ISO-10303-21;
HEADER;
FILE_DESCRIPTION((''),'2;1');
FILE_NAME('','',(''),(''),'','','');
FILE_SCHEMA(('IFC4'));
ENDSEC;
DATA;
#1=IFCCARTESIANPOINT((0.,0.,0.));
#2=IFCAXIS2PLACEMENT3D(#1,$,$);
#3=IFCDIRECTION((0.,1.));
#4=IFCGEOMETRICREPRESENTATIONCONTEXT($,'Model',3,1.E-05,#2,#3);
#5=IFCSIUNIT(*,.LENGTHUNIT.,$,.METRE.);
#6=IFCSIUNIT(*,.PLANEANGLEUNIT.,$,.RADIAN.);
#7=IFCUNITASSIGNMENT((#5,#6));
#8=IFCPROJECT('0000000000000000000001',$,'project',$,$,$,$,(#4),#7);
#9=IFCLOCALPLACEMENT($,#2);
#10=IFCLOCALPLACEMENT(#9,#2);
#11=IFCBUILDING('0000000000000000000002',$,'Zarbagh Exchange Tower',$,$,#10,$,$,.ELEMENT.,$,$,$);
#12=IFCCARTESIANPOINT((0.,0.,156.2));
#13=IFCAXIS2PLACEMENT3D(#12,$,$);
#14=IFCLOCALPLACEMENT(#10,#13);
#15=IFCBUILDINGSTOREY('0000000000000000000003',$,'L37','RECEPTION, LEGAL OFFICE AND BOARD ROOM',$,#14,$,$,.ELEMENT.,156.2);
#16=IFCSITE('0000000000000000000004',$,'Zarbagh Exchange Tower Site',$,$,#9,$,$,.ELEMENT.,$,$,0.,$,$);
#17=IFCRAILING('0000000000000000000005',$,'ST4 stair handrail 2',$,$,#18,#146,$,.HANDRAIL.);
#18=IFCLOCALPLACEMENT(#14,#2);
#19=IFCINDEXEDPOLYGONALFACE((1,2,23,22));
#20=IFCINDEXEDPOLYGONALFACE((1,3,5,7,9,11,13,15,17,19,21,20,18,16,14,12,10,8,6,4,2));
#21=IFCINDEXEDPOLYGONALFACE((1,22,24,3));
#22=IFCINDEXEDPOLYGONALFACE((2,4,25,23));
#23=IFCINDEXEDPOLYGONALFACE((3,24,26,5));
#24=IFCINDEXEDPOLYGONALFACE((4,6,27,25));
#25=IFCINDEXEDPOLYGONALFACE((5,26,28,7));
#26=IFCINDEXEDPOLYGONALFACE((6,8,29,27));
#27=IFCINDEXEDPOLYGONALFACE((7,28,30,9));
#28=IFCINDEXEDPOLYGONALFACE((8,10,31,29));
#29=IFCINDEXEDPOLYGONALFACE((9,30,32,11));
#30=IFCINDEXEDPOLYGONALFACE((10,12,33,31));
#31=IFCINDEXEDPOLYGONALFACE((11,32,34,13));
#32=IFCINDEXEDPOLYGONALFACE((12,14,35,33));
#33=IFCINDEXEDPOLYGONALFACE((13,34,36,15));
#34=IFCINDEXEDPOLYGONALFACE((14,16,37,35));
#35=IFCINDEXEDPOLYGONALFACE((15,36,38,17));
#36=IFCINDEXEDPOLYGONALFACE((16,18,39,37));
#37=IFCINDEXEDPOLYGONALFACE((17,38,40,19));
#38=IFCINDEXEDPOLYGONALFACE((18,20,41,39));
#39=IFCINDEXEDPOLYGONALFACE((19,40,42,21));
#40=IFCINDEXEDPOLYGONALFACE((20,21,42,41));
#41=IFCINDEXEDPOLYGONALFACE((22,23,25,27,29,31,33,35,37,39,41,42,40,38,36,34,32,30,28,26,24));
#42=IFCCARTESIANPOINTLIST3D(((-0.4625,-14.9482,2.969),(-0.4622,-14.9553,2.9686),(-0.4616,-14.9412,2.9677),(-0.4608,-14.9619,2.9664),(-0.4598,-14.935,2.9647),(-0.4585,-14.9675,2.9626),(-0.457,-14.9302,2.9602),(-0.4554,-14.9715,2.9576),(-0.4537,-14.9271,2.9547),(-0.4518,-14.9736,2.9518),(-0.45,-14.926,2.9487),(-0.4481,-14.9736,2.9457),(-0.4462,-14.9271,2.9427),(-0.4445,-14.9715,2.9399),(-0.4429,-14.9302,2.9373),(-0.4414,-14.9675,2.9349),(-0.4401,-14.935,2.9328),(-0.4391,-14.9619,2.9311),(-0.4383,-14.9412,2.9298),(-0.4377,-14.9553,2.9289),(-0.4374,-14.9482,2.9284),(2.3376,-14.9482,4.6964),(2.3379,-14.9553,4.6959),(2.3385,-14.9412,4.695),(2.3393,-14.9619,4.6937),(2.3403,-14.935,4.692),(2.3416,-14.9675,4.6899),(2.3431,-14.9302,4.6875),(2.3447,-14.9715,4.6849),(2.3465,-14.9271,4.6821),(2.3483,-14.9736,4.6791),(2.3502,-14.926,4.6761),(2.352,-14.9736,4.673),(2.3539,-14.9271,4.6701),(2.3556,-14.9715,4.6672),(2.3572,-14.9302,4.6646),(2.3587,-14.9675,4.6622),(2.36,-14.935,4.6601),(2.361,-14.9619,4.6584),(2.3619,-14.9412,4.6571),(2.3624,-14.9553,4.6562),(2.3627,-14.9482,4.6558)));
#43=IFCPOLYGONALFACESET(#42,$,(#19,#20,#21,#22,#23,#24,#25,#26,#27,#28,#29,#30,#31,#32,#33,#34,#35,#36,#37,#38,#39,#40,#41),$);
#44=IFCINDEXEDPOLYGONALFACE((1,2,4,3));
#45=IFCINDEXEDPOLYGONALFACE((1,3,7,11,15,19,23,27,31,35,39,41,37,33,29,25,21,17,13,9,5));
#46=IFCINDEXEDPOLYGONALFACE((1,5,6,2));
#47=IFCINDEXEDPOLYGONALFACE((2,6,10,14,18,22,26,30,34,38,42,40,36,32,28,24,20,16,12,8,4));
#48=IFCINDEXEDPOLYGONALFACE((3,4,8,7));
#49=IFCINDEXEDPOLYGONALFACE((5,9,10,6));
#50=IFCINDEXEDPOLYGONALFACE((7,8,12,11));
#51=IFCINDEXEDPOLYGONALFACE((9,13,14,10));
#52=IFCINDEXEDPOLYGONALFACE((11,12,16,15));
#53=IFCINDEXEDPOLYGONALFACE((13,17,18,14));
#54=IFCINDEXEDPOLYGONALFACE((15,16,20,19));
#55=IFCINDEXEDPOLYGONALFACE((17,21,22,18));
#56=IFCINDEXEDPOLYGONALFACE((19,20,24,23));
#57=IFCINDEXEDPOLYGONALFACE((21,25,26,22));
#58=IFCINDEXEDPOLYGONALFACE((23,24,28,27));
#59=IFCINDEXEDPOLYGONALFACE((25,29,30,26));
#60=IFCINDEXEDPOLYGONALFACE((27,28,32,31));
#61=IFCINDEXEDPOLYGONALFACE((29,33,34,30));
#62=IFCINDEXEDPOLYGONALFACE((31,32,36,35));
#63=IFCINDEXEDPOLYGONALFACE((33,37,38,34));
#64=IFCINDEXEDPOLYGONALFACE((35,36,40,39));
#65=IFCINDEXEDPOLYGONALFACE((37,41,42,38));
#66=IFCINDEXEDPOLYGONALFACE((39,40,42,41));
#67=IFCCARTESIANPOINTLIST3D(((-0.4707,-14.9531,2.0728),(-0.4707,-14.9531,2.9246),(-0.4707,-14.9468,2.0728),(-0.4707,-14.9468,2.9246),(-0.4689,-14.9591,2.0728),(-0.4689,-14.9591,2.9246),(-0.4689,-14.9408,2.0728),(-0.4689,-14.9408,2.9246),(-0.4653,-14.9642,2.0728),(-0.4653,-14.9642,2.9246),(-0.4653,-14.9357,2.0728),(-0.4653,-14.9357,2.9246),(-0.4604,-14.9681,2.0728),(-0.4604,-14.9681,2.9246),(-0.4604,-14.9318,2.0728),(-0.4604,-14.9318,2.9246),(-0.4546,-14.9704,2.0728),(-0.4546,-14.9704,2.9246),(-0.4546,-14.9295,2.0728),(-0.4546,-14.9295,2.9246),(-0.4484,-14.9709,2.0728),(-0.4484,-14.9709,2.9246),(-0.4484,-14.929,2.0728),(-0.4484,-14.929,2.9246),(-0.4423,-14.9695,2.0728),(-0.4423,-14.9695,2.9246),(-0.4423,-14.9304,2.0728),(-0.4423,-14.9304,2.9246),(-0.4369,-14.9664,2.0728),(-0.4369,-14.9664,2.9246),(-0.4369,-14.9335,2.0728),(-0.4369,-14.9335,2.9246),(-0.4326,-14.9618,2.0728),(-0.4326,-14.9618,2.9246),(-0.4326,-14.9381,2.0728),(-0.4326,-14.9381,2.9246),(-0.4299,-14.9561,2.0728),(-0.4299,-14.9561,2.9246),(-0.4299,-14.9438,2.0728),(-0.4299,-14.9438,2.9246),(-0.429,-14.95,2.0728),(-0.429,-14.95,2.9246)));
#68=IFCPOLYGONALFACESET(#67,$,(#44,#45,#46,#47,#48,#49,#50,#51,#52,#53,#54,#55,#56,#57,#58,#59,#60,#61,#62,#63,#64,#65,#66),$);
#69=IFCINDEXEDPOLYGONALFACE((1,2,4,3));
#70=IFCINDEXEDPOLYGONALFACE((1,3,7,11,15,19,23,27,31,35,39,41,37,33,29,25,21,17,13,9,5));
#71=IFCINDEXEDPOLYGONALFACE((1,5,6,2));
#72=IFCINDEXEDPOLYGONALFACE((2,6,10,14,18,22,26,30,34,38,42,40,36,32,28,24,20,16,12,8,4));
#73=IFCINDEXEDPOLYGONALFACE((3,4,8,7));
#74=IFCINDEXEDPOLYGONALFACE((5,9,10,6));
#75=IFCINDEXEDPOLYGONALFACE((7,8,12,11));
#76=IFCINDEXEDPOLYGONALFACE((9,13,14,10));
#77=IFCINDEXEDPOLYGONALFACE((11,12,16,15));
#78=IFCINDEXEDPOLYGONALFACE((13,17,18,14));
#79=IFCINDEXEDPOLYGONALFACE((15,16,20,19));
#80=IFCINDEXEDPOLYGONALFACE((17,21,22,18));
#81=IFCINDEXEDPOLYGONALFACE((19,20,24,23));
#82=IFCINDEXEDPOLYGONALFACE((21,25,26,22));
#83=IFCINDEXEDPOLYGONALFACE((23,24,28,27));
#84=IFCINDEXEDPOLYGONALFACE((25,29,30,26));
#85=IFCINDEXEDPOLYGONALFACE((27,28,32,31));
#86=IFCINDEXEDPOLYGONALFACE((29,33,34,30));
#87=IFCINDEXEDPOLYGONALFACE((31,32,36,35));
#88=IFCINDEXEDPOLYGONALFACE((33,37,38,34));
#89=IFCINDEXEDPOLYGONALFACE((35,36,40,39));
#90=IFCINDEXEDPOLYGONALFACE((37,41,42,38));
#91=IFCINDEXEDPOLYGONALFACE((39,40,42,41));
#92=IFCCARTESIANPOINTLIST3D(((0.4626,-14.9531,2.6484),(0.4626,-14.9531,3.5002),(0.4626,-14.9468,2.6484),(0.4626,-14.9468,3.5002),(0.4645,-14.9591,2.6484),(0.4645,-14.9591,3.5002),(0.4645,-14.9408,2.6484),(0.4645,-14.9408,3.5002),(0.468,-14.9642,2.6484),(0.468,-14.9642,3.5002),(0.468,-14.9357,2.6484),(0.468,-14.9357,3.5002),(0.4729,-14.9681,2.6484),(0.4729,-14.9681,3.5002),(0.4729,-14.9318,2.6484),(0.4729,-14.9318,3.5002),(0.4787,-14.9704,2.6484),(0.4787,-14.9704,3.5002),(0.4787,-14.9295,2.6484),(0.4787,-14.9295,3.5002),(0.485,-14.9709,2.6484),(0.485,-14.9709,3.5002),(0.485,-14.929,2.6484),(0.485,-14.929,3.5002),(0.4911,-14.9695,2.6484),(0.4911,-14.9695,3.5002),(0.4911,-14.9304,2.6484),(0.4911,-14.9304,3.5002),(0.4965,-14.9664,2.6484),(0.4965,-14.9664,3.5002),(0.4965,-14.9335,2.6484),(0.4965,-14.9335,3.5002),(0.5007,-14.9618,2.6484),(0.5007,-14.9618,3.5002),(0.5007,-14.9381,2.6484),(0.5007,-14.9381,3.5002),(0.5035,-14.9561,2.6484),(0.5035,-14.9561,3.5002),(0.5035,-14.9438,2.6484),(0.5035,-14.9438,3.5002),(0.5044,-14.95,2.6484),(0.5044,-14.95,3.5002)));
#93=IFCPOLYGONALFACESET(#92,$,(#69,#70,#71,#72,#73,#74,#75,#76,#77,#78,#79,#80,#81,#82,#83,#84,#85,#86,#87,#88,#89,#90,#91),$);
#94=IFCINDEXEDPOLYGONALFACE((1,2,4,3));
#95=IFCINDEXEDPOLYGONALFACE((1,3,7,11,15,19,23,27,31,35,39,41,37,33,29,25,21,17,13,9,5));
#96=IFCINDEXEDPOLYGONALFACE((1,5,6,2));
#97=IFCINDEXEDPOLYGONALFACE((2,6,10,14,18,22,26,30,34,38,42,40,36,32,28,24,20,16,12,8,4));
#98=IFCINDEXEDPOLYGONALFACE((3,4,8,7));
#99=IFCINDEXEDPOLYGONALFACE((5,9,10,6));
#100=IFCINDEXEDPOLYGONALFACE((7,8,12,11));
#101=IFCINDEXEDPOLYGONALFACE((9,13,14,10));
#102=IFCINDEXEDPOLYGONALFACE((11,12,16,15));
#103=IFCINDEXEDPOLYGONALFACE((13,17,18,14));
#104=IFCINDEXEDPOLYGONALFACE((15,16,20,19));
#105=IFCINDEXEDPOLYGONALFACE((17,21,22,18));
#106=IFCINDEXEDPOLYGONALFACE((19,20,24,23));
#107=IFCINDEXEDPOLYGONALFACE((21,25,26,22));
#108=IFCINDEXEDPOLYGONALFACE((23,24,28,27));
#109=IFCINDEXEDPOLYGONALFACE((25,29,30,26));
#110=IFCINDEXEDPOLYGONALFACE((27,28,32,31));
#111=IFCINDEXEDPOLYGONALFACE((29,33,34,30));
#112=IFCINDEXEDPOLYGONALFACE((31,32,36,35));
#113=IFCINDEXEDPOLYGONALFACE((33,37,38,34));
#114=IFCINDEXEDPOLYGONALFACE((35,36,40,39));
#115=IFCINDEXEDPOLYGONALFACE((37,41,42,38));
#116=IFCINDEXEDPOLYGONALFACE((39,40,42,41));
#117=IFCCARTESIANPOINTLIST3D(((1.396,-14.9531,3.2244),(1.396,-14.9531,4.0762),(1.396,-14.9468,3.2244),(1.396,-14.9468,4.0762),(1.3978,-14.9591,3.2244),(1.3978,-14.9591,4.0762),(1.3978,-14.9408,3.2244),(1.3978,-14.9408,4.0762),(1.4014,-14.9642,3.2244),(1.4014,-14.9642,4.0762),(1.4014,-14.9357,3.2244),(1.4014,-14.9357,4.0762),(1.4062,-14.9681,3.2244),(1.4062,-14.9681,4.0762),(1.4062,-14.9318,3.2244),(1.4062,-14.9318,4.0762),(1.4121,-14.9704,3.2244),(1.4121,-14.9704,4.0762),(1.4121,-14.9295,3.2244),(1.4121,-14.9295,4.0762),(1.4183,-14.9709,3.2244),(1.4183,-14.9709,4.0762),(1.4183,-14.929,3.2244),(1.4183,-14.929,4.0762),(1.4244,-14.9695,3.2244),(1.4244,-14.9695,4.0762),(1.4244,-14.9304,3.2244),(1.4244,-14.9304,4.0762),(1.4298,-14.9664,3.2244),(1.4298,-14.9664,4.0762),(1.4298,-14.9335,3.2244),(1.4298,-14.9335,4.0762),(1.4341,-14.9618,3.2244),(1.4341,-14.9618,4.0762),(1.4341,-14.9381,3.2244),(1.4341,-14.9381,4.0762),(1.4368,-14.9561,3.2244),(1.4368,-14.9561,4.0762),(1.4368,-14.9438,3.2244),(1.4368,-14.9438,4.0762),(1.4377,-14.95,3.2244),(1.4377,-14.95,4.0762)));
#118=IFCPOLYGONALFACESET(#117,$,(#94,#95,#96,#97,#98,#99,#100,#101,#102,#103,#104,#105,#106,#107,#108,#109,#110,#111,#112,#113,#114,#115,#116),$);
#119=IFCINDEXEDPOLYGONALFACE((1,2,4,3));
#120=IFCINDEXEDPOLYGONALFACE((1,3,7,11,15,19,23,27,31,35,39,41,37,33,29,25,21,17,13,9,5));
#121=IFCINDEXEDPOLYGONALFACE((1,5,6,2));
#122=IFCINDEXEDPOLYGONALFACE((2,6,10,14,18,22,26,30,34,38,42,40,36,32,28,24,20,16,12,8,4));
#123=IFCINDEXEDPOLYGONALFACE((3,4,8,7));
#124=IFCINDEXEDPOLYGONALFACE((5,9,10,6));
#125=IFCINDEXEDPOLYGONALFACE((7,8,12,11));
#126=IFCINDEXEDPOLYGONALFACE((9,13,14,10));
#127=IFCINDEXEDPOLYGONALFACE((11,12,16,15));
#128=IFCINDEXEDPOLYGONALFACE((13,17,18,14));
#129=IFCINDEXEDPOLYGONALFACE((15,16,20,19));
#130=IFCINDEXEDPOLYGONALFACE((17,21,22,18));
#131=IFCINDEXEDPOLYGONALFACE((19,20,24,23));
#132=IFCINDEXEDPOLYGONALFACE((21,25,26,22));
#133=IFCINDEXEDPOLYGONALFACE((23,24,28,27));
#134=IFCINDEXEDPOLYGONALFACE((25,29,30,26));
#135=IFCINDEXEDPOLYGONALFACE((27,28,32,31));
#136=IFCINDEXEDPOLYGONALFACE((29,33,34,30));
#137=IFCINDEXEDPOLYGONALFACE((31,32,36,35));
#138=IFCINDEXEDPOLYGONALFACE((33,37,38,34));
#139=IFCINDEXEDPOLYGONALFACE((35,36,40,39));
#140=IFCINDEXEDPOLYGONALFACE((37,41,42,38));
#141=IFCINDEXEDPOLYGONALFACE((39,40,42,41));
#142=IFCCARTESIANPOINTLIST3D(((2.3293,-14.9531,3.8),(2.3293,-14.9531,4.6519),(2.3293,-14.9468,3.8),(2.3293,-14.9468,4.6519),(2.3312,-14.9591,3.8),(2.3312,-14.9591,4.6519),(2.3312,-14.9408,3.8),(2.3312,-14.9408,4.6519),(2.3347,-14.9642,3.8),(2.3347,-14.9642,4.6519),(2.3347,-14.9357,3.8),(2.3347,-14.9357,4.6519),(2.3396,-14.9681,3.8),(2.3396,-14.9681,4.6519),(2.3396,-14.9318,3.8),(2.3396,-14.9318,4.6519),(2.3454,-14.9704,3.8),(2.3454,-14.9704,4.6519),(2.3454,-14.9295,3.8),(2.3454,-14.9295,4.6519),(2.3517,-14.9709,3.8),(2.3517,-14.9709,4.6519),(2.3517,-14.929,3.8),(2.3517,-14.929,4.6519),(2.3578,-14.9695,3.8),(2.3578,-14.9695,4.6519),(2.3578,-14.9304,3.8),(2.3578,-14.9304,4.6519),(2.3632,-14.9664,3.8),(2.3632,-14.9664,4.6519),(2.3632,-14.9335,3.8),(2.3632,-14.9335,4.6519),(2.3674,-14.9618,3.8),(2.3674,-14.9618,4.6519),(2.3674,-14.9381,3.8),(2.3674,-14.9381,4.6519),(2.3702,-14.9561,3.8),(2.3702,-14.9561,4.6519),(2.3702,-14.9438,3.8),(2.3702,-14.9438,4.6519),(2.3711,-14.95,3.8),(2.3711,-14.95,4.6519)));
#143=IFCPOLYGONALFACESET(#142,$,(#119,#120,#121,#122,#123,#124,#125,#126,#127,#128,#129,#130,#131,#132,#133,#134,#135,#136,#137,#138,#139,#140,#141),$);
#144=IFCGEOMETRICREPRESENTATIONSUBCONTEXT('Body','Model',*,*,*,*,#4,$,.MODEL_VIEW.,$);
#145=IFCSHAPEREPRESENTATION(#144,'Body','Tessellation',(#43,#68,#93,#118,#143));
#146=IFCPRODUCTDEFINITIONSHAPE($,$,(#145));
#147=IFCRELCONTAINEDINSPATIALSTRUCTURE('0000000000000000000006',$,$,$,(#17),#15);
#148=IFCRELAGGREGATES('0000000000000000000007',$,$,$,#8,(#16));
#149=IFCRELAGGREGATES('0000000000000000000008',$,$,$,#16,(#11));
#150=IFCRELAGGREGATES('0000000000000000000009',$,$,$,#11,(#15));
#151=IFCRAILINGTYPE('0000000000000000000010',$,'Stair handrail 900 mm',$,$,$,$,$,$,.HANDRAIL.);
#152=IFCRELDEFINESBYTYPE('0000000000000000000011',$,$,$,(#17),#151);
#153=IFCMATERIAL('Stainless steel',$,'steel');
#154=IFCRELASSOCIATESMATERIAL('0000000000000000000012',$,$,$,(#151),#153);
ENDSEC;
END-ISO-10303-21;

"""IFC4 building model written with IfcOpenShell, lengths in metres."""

from ifc_helpers import new_model, si_unit, direction, frame, origin, origin_2d, place, context, subcontext, project, spatial, circle, extrude, material, type_object, element, save


model = new_model("IFC4")

# Units and contexts
model_context = context("Model", 3, precision=1e-05, world=origin(), true_north=direction((0.0, 1.0)))
body_context = subcontext(model_context, "Body", "Model", "MODEL_VIEW")
ifc_project = project(units=[si_unit("LENGTHUNIT", "METRE"), si_unit("PLANEANGLEUNIT", "RADIAN")], contexts=[model_context])

# Site, building, storey
site_placement = place(None, origin())
site = spatial("IfcSite", under=ifc_project, at=site_placement, Name="Zarbagh Exchange Tower Site", CompositionType="ELEMENT", RefElevation=0.0)
building_placement = place(site_placement, origin())
building = spatial("IfcBuilding", under=site, at=building_placement, Name="Zarbagh Exchange Tower", CompositionType="ELEMENT")
storey_placement = place(building_placement, frame((0.0, 0.0, 156.2)))
storey = spatial("IfcBuildingStorey", under=building, at=storey_placement, Name="L37", Description="RECEPTION, LEGAL OFFICE AND BOARD ROOM", CompositionType="ELEMENT", Elevation=156.2)

# Shared definitions
ifc_material_1 = material(Name="Stainless steel", Category="steel")

# Railing
railing_type_1 = type_object("IfcRailingType", Name="Stair handrail 900 mm", PredefinedType="HANDRAIL", material=ifc_material_1)
for number, where, name in (
    (1, (-0.45, -14.95, 2.0728), "ST4 stair handrail 2"),
):
    element("IfcRailing", number, at=place(storey_placement, frame(where)), inside=storey, type_object=railing_type_1, Name=name, PredefinedType="HANDRAIL", context=body_context, shape_type="SweptSolid", body=[
        extrude(circle(Radius=0.0239, at=origin_2d()), frame((0.0, 0.0, 0.876), z_axis=(0.85109, 0.0, 0.52502), x_axis=(0.0, 1.0, 0.0)), (0.0, 0.0, 1.0), 3.29),
        extrude(circle(Radius=0.021, at=origin_2d()), origin(), (0.0, 0.0, 1.0), 0.8518),
        extrude(circle(Radius=0.021, at=origin_2d()), frame((0.9333, 0.0, 0.5757)), (0.0, 0.0, 1.0), 0.8518),
        extrude(circle(Radius=0.021, at=origin_2d()), frame((1.8667, 0.0, 1.1516)), (0.0, 0.0, 1.0), 0.8518),
        extrude(circle(Radius=0.021, at=origin_2d()), frame((2.8, 0.0, 1.7273)), (0.0, 0.0, 1.0), 0.8518),
    ])

save(model, "model.ifc")
